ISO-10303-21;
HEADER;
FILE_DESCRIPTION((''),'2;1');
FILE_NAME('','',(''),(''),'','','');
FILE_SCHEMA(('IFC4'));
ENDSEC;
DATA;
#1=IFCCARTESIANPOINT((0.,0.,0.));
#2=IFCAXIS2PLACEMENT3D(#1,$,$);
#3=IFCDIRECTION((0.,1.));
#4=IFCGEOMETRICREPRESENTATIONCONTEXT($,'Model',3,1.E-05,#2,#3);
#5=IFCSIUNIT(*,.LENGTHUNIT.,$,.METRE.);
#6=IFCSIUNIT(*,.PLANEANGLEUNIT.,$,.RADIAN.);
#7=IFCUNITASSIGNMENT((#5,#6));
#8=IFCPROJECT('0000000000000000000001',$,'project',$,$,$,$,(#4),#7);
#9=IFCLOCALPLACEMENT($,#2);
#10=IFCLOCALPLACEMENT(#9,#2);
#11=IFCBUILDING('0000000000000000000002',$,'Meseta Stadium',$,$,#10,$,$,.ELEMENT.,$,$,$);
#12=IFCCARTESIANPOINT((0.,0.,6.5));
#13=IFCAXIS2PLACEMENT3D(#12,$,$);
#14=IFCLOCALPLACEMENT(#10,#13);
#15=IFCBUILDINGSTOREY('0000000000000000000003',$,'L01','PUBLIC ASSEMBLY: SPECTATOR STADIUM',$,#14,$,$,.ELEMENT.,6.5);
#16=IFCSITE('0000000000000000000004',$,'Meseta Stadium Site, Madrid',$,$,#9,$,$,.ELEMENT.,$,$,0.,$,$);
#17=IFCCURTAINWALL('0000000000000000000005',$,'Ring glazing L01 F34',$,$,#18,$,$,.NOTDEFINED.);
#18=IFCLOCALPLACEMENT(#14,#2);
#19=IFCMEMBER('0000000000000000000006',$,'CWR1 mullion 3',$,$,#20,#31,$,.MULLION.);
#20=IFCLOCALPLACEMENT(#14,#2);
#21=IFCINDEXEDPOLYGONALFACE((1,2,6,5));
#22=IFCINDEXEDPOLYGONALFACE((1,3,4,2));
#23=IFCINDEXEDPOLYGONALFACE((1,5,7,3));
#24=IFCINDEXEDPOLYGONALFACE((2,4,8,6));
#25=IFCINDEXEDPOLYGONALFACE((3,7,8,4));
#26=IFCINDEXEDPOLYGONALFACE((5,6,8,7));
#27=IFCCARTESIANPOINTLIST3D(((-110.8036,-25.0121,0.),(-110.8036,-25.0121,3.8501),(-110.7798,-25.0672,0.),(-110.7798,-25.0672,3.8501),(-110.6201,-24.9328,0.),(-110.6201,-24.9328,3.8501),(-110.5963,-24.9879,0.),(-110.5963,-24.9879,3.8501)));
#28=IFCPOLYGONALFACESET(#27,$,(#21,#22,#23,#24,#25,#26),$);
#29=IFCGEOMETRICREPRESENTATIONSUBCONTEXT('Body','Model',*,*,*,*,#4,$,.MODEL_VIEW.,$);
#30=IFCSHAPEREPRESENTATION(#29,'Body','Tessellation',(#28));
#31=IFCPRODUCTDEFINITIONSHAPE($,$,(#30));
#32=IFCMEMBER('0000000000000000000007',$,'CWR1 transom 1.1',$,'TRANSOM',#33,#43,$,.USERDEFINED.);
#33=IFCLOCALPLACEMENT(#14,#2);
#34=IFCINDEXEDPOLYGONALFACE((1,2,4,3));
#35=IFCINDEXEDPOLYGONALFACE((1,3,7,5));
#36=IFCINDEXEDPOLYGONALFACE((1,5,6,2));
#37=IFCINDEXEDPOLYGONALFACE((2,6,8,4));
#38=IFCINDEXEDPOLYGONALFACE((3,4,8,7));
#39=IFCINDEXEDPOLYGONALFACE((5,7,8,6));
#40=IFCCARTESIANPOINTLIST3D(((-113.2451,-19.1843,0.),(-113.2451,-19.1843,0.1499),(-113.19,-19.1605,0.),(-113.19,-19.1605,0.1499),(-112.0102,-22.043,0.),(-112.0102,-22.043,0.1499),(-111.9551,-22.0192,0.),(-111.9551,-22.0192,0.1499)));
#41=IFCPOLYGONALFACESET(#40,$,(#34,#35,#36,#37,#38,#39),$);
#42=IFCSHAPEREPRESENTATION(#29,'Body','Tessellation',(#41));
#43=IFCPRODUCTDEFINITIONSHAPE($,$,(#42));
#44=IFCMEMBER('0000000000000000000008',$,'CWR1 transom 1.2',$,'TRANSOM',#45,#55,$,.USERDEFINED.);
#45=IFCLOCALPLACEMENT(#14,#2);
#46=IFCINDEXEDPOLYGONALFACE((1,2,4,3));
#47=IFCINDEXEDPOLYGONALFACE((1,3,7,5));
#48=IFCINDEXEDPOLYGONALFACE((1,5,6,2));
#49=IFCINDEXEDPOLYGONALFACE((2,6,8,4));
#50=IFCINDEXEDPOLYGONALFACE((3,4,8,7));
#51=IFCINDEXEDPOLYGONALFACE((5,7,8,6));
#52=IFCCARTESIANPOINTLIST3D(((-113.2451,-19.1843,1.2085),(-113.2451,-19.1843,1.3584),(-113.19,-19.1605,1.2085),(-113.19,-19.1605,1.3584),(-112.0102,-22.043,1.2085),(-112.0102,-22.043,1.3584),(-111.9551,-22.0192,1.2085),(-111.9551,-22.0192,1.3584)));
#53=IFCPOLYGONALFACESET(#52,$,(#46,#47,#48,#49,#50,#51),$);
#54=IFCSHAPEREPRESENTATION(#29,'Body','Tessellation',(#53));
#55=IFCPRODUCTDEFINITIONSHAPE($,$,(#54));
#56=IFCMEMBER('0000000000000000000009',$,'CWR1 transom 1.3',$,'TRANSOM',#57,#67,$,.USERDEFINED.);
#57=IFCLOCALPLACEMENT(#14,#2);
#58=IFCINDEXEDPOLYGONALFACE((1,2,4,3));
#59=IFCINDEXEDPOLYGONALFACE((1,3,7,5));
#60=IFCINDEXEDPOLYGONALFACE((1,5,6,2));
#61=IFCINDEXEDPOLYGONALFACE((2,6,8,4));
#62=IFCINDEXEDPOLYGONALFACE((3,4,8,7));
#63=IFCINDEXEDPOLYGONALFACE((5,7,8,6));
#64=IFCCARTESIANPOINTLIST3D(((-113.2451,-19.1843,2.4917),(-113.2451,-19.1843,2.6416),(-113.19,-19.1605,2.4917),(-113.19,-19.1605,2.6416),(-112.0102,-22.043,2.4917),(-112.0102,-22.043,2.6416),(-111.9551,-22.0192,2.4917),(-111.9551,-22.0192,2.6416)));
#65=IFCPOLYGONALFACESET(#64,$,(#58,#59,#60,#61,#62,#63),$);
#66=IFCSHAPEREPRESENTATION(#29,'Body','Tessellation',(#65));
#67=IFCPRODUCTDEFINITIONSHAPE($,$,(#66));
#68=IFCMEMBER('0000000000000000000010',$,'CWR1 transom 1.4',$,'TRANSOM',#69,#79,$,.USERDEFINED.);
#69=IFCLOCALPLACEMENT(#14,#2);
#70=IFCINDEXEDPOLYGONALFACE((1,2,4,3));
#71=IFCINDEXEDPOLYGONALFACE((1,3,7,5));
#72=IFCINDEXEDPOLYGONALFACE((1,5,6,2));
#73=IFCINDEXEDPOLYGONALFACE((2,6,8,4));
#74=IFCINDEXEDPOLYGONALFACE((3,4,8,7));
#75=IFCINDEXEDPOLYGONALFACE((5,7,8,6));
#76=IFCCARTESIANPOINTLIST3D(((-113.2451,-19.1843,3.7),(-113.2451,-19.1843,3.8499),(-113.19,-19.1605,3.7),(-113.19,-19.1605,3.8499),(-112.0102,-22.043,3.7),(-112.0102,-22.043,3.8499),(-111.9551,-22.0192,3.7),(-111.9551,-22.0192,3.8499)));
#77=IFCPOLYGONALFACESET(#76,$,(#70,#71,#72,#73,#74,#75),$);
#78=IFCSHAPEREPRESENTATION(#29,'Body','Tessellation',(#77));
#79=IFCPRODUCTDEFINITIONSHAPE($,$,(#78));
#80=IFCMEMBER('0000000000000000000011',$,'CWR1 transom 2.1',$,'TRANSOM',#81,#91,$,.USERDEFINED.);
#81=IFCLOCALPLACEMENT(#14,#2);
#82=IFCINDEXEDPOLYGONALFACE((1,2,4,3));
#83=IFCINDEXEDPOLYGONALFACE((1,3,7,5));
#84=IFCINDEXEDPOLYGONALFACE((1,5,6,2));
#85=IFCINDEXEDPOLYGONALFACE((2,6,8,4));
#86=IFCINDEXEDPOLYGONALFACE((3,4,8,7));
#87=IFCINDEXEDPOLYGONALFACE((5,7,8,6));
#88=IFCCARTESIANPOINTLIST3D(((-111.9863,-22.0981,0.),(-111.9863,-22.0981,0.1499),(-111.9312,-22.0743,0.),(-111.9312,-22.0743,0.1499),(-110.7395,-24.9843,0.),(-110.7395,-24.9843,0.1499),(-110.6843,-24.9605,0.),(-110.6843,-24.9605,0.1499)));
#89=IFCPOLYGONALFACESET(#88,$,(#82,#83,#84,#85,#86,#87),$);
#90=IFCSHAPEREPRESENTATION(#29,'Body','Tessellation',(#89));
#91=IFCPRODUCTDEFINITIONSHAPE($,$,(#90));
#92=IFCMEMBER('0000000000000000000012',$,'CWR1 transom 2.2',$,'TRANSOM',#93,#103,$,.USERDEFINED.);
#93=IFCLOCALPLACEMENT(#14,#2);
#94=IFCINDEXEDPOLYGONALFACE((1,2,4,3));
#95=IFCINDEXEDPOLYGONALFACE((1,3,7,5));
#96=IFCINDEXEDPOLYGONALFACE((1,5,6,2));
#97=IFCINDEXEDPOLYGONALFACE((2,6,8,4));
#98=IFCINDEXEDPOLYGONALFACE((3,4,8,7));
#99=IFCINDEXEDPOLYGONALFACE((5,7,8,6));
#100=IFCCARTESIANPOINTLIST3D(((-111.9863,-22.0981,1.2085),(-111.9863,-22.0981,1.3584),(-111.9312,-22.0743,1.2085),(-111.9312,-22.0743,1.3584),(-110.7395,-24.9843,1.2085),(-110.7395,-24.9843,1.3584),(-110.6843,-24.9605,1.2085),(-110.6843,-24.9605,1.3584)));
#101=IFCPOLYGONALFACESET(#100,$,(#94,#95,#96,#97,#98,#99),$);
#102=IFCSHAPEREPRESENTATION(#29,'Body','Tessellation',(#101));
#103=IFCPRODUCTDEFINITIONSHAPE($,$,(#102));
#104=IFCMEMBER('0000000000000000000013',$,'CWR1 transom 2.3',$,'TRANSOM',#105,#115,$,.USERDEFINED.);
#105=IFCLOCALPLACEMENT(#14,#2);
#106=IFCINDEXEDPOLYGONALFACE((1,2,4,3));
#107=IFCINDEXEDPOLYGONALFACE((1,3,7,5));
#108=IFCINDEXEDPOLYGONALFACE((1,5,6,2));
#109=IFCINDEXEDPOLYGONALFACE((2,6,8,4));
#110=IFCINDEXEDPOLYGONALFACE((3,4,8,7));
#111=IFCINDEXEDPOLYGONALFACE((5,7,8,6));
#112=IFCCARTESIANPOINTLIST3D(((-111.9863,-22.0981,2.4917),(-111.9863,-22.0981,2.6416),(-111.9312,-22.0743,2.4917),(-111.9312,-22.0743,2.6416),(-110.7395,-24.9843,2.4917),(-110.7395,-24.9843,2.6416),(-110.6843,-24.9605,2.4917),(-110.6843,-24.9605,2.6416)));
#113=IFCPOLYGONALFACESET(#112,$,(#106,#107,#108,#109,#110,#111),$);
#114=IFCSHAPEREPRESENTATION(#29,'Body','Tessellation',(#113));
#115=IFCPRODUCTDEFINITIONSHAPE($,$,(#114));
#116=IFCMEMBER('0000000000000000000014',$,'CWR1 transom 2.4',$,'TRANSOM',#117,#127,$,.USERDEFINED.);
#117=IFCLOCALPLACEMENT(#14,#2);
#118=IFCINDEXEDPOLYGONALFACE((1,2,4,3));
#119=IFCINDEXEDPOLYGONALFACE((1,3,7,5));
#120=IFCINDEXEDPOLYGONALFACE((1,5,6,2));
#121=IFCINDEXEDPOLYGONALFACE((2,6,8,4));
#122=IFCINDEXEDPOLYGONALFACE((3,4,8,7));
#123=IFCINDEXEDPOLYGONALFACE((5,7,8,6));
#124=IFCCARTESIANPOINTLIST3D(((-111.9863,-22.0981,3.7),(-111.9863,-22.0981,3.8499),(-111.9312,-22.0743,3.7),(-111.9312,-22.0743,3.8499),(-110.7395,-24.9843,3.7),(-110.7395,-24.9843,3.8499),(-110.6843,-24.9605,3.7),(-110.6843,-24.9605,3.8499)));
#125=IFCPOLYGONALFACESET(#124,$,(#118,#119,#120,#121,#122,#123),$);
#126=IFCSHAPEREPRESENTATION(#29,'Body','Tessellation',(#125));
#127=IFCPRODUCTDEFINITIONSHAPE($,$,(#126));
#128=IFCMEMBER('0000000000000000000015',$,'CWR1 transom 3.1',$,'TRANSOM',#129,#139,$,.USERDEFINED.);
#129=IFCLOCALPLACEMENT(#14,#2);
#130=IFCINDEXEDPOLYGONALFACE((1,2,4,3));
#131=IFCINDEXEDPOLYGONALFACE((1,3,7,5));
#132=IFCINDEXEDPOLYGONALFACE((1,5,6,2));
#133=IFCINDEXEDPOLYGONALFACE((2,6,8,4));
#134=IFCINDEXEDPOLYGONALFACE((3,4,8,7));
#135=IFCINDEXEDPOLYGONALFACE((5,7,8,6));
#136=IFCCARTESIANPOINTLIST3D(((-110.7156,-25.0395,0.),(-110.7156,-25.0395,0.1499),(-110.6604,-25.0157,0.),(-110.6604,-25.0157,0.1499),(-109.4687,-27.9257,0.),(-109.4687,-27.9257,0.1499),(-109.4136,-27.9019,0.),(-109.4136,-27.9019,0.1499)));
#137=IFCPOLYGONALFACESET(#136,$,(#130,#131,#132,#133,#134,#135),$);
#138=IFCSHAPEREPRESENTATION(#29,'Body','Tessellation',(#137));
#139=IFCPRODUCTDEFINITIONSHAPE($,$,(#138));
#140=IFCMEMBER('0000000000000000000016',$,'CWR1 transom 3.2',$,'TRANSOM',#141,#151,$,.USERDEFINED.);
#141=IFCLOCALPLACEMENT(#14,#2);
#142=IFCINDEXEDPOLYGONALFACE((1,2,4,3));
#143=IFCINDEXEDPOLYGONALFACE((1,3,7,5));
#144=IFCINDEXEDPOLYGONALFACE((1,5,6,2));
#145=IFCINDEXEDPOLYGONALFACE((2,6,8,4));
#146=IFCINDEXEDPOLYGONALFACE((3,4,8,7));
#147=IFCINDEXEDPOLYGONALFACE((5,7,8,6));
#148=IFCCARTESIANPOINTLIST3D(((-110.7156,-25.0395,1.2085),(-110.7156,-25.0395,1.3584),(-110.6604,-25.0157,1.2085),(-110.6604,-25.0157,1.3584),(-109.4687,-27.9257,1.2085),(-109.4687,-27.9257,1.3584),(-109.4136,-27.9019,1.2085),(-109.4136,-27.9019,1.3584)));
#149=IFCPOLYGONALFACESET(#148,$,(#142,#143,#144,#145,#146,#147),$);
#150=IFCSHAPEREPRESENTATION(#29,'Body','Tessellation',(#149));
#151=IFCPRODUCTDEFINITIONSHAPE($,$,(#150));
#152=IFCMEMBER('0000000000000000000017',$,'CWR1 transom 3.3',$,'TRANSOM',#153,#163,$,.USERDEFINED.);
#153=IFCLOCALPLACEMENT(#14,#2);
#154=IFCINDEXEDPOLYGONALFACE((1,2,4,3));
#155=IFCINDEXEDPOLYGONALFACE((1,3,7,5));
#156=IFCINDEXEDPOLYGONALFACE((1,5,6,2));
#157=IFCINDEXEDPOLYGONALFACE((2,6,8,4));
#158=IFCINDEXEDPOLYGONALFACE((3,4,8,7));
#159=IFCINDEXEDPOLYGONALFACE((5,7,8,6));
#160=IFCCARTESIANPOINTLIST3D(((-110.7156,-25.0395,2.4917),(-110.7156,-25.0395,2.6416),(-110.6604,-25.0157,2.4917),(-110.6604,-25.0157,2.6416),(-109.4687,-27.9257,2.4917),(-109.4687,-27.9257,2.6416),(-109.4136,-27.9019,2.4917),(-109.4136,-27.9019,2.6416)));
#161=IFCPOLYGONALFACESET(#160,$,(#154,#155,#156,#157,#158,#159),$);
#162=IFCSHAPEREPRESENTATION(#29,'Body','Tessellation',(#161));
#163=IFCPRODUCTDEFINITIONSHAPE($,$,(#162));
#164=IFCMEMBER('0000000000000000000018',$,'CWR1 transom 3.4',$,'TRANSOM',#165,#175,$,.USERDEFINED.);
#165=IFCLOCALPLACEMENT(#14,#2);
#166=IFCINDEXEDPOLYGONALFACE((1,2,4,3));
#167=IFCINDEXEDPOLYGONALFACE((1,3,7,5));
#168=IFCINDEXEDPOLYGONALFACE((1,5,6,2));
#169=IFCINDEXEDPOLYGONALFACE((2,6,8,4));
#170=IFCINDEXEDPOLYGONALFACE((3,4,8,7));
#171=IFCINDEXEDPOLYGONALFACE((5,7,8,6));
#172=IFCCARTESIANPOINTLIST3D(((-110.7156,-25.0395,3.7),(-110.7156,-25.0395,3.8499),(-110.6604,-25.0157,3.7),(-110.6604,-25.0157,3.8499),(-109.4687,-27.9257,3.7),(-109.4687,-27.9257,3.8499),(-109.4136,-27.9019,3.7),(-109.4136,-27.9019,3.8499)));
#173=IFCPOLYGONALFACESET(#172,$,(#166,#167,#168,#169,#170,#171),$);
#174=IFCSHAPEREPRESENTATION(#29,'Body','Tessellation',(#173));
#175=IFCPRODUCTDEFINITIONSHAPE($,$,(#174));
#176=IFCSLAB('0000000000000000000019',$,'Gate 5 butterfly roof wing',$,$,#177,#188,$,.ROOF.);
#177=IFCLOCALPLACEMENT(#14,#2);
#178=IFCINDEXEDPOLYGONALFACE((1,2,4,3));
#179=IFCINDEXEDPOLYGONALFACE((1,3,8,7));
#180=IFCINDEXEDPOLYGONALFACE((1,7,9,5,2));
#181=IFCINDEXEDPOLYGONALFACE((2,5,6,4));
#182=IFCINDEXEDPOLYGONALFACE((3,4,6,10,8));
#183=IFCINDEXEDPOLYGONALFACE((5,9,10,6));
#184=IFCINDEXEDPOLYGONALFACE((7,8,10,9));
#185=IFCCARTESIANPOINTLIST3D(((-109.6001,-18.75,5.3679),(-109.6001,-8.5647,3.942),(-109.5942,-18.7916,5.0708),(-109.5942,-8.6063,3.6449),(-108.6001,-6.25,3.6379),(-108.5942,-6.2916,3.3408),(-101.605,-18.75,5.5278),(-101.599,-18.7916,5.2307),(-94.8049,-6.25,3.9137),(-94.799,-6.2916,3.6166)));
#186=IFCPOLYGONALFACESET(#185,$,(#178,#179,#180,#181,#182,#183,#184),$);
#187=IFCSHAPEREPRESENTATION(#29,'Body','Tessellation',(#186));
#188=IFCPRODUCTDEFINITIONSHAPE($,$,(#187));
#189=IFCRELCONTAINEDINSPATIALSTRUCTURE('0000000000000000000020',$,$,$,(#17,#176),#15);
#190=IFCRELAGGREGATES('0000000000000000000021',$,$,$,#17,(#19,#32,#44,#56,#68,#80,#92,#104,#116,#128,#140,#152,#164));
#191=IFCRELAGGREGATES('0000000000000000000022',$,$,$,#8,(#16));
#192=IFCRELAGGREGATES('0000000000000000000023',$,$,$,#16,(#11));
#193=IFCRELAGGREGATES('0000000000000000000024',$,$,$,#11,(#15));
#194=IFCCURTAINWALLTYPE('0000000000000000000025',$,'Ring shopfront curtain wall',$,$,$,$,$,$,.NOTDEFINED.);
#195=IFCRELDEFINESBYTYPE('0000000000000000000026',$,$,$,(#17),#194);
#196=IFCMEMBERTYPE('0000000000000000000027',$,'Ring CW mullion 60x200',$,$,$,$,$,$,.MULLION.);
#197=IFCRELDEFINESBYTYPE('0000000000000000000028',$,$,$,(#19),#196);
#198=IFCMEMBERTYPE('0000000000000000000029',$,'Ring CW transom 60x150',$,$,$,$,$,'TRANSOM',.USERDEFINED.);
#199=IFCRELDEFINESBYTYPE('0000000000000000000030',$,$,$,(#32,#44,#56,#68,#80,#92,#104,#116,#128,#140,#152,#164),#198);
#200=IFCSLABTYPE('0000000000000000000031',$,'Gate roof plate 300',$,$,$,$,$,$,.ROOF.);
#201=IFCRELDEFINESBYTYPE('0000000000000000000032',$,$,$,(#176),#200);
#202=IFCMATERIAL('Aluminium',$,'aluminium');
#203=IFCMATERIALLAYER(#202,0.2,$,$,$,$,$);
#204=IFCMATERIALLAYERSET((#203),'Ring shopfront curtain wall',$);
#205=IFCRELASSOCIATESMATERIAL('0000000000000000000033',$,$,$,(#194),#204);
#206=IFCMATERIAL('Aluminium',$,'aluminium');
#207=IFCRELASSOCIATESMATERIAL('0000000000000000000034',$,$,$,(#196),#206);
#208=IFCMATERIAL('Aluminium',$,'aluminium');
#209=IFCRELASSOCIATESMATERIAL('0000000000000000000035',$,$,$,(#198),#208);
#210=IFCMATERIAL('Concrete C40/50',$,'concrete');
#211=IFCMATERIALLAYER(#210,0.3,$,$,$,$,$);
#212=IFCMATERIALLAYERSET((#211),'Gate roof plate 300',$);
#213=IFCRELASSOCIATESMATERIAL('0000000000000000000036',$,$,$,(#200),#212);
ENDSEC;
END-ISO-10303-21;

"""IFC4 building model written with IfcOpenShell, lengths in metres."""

from ifc_helpers import new_model, si_unit, direction, frame, origin, origin_2d, place, context, subcontext, project, spatial, polyline, rectangle, outline, extrude, material, layer, layer_set, material_profile, profile_set, type_object, element, aggregate, save


model = new_model("IFC4")

# Units and contexts
model_context = context("Model", 3, precision=1e-05, world=origin(), true_north=direction((0.0, 1.0)))
body_context = subcontext(model_context, "Body", "Model", "MODEL_VIEW")
ifc_project = project(units=[si_unit("LENGTHUNIT", "METRE"), si_unit("PLANEANGLEUNIT", "RADIAN")], contexts=[model_context])

# Site, building, storey
site_placement = place(None, origin())
site = spatial("IfcSite", under=ifc_project, at=site_placement, Name="Meseta Stadium Site, Madrid", CompositionType="ELEMENT", RefElevation=0.0)
building_placement = place(site_placement, origin())
building = spatial("IfcBuilding", under=site, at=building_placement, Name="Meseta Stadium", CompositionType="ELEMENT")
storey_placement = place(building_placement, frame((0.0, 0.0, 6.5)))
storey = spatial("IfcBuildingStorey", under=building, at=storey_placement, Name="L01", Description="PUBLIC ASSEMBLY: SPECTATOR STADIUM", CompositionType="ELEMENT", Elevation=6.5)

# Curtain wall, members
ifc_material_1 = material(Name="Aluminium", Category="aluminium")
ifc_layer_1 = layer(ifc_material_1, 0.2)
ifc_layer_set_1 = layer_set([ifc_layer_1], Name="Ring shopfront curtain wall")
curtain_wall_type = type_object("IfcCurtainWallType", Name="Ring shopfront curtain wall", PredefinedType="NOTDEFINED", material=ifc_layer_set_1)
curtain_wall_placement = place(storey_placement, origin())
curtain_wall = element("IfcCurtainWall", 1, at=curtain_wall_placement, inside=storey, type_object=curtain_wall_type, Name="Ring glazing L01 F34", PredefinedType="NOTDEFINED")
ifc_material_2 = material(Name="Aluminium", Category="aluminium")
ifc_material_profile_1 = material_profile(ifc_material_2, rectangle(XDim=0.2, YDim=0.0601, at=origin_2d()), Name="CW 200x60")
ifc_profile_set_1 = profile_set([ifc_material_profile_1], Name="Aluminium")
member_type_1 = type_object("IfcMemberType", Name="Ring CW mullion 60x200", PredefinedType="MULLION", material=ifc_profile_set_1)
member_1_placement = place(storey_placement, frame((-110.7, -25.0, 0.0), z_axis=(0.0, 0.0, 1.0), x_axis=(0.918, 0.396581, 0.0)))
member_1 = element("IfcMember", 2, at=member_1_placement, type_object=member_type_1, Name="CWR1 mullion 3", PredefinedType="MULLION", context=body_context, shape_type="SweptSolid", body=[
    extrude(rectangle(XDim=0.2, YDim=0.0601, at=origin_2d()), origin(), (0.0, 0.0, 1.0), 3.8501),
])
ifc_material_3 = material(Name="Aluminium", Category="aluminium")
ifc_material_profile_2 = material_profile(ifc_material_3, rectangle(XDim=0.0601, YDim=0.1499, at=origin_2d()), Name="CW 60x150")
ifc_profile_set_2 = profile_set([ifc_material_profile_2], Name="Aluminium")
member_type_2 = type_object("IfcMemberType", Name="Ring CW transom 60x150", ElementType="TRANSOM", PredefinedType="USERDEFINED", material=ifc_profile_set_2)
member_2_placement = place(storey_placement, frame((-113.2175, -19.1724, 0.075), z_axis=(0.396558, -0.91801, 0.0), x_axis=(0.91801, 0.396558, 0.0)))
member_2 = element("IfcMember", 3, at=member_2_placement, type_object=member_type_2, Name="CWR1 transom 1.1", ObjectType="TRANSOM", PredefinedType="USERDEFINED", context=body_context, shape_type="SweptSolid", body=[
    extrude(rectangle(XDim=0.0601, YDim=0.1499, at=origin_2d()), origin(), (0.0, 0.0, 1.0), 3.114),
])
member_3_placement = place(storey_placement, frame((-113.2175, -19.1724, 1.2834), z_axis=(0.396558, -0.91801, 0.0), x_axis=(0.91801, 0.396558, 0.0)))
member_3 = element("IfcMember", 4, at=member_3_placement, type_object=member_type_2, Name="CWR1 transom 1.2", ObjectType="TRANSOM", PredefinedType="USERDEFINED", context=body_context, shape_type="SweptSolid", body=[
    extrude(rectangle(XDim=0.0601, YDim=0.1499, at=origin_2d()), origin(), (0.0, 0.0, 1.0), 3.114),
])
member_4_placement = place(storey_placement, frame((-113.2175, -19.1724, 2.5667), z_axis=(0.396558, -0.91801, 0.0), x_axis=(0.91801, 0.396558, 0.0)))
member_4 = element("IfcMember", 5, at=member_4_placement, type_object=member_type_2, Name="CWR1 transom 1.3", ObjectType="TRANSOM", PredefinedType="USERDEFINED", context=body_context, shape_type="SweptSolid", body=[
    extrude(rectangle(XDim=0.0601, YDim=0.1499, at=origin_2d()), origin(), (0.0, 0.0, 1.0), 3.114),
])
member_5_placement = place(storey_placement, frame((-113.2175, -19.1724, 3.7749), z_axis=(0.396558, -0.91801, 0.0), x_axis=(0.91801, 0.396558, 0.0)))
member_5 = element("IfcMember", 6, at=member_5_placement, type_object=member_type_2, Name="CWR1 transom 1.4", ObjectType="TRANSOM", PredefinedType="USERDEFINED", context=body_context, shape_type="SweptSolid", body=[
    extrude(rectangle(XDim=0.0601, YDim=0.1499, at=origin_2d()), origin(), (0.0, 0.0, 1.0), 3.114),
])
member_6_placement = place(storey_placement, frame((-111.9587, -22.0862, 0.075), z_axis=(0.39657, -0.918005, 0.0), x_axis=(0.918005, 0.39657, 0.0)))
member_6 = element("IfcMember", 7, at=member_6_placement, type_object=member_type_2, Name="CWR1 transom 2.1", ObjectType="TRANSOM", PredefinedType="USERDEFINED", context=body_context, shape_type="SweptSolid", body=[
    extrude(rectangle(XDim=0.0601, YDim=0.1499, at=origin_2d()), origin(), (0.0, 0.0, 1.0), 3.144),
])
member_7_placement = place(storey_placement, frame((-111.9587, -22.0862, 1.2834), z_axis=(0.39657, -0.918005, 0.0), x_axis=(0.918005, 0.39657, 0.0)))
member_7 = element("IfcMember", 8, at=member_7_placement, type_object=member_type_2, Name="CWR1 transom 2.2", ObjectType="TRANSOM", PredefinedType="USERDEFINED", context=body_context, shape_type="SweptSolid", body=[
    extrude(rectangle(XDim=0.0601, YDim=0.1499, at=origin_2d()), origin(), (0.0, 0.0, 1.0), 3.144),
])
member_8_placement = place(storey_placement, frame((-111.9587, -22.0862, 2.5667), z_axis=(0.39657, -0.918005, 0.0), x_axis=(0.918005, 0.39657, 0.0)))
member_8 = element("IfcMember", 9, at=member_8_placement, type_object=member_type_2, Name="CWR1 transom 2.3", ObjectType="TRANSOM", PredefinedType="USERDEFINED", context=body_context, shape_type="SweptSolid", body=[
    extrude(rectangle(XDim=0.0601, YDim=0.1499, at=origin_2d()), origin(), (0.0, 0.0, 1.0), 3.144),
])
member_9_placement = place(storey_placement, frame((-111.9587, -22.0862, 3.7749), z_axis=(0.39657, -0.918005, 0.0), x_axis=(0.918005, 0.39657, 0.0)))
member_9 = element("IfcMember", 10, at=member_9_placement, type_object=member_type_2, Name="CWR1 transom 2.4", ObjectType="TRANSOM", PredefinedType="USERDEFINED", context=body_context, shape_type="SweptSolid", body=[
    extrude(rectangle(XDim=0.0601, YDim=0.1499, at=origin_2d()), origin(), (0.0, 0.0, 1.0), 3.144),
])
member_10_placement = place(storey_placement, frame((-110.688, -25.0276, 0.075), z_axis=(0.39657, -0.918005, 0.0), x_axis=(0.918005, 0.39657, 0.0)))
member_10 = element("IfcMember", 11, at=member_10_placement, type_object=member_type_2, Name="CWR1 transom 3.1", ObjectType="TRANSOM", PredefinedType="USERDEFINED", context=body_context, shape_type="SweptSolid", body=[
    extrude(rectangle(XDim=0.0601, YDim=0.1499, at=origin_2d()), origin(), (0.0, 0.0, 1.0), 3.144),
])
member_11_placement = place(storey_placement, frame((-110.688, -25.0276, 1.2834), z_axis=(0.39657, -0.918005, 0.0), x_axis=(0.918005, 0.39657, 0.0)))
member_11 = element("IfcMember", 12, at=member_11_placement, type_object=member_type_2, Name="CWR1 transom 3.2", ObjectType="TRANSOM", PredefinedType="USERDEFINED", context=body_context, shape_type="SweptSolid", body=[
    extrude(rectangle(XDim=0.0601, YDim=0.1499, at=origin_2d()), origin(), (0.0, 0.0, 1.0), 3.144),
])
member_12_placement = place(storey_placement, frame((-110.688, -25.0276, 2.5667), z_axis=(0.39657, -0.918005, 0.0), x_axis=(0.918005, 0.39657, 0.0)))
member_12 = element("IfcMember", 13, at=member_12_placement, type_object=member_type_2, Name="CWR1 transom 3.3", ObjectType="TRANSOM", PredefinedType="USERDEFINED", context=body_context, shape_type="SweptSolid", body=[
    extrude(rectangle(XDim=0.0601, YDim=0.1499, at=origin_2d()), origin(), (0.0, 0.0, 1.0), 3.144),
])
member_13_placement = place(storey_placement, frame((-110.688, -25.0276, 3.7749), z_axis=(0.39657, -0.918005, 0.0), x_axis=(0.918005, 0.39657, 0.0)))
member_13 = element("IfcMember", 14, at=member_13_placement, type_object=member_type_2, Name="CWR1 transom 3.4", ObjectType="TRANSOM", PredefinedType="USERDEFINED", context=body_context, shape_type="SweptSolid", body=[
    extrude(rectangle(XDim=0.0601, YDim=0.1499, at=origin_2d()), origin(), (0.0, 0.0, 1.0), 3.144),
])

# Slab
ifc_material_4 = material(Name="Concrete C40/50", Category="concrete")
ifc_layer_2 = layer(ifc_material_4, 0.3)
ifc_layer_set_2 = layer_set([ifc_layer_2], Name="Gate roof plate 300")
slab_type = type_object("IfcSlabType", Name="Gate roof plate 300", PredefinedType="ROOF", material=ifc_layer_set_2)
slab_placement = place(storey_placement, frame((-109.6001, -18.75, 5.3679), z_axis=(-0.019796, 0.13862, 0.990148), x_axis=(0.9998, -0.000001, 0.019989)))
element("IfcSlab", 15, at=slab_placement, inside=storey, type_object=slab_type, Name="Gate 5 butterfly roof wing", PredefinedType="ROOF", context=body_context, shape_type="SweptSolid", body=[
    extrude(outline(polyline([(0.0, 0.0), (7.9967, 0.0), (14.7631, 12.6219), (0.9652, 12.6219), (-0.0285, 10.2846), (0.0, 0.0)])), origin(), (0.0, 0.0, -1.0), 0.3),
])

aggregate(curtain_wall, [member_1, member_2, member_3, member_4, member_5, member_6, member_7, member_8, member_9, member_10, member_11, member_12, member_13])

save(model, "model.ifc")
